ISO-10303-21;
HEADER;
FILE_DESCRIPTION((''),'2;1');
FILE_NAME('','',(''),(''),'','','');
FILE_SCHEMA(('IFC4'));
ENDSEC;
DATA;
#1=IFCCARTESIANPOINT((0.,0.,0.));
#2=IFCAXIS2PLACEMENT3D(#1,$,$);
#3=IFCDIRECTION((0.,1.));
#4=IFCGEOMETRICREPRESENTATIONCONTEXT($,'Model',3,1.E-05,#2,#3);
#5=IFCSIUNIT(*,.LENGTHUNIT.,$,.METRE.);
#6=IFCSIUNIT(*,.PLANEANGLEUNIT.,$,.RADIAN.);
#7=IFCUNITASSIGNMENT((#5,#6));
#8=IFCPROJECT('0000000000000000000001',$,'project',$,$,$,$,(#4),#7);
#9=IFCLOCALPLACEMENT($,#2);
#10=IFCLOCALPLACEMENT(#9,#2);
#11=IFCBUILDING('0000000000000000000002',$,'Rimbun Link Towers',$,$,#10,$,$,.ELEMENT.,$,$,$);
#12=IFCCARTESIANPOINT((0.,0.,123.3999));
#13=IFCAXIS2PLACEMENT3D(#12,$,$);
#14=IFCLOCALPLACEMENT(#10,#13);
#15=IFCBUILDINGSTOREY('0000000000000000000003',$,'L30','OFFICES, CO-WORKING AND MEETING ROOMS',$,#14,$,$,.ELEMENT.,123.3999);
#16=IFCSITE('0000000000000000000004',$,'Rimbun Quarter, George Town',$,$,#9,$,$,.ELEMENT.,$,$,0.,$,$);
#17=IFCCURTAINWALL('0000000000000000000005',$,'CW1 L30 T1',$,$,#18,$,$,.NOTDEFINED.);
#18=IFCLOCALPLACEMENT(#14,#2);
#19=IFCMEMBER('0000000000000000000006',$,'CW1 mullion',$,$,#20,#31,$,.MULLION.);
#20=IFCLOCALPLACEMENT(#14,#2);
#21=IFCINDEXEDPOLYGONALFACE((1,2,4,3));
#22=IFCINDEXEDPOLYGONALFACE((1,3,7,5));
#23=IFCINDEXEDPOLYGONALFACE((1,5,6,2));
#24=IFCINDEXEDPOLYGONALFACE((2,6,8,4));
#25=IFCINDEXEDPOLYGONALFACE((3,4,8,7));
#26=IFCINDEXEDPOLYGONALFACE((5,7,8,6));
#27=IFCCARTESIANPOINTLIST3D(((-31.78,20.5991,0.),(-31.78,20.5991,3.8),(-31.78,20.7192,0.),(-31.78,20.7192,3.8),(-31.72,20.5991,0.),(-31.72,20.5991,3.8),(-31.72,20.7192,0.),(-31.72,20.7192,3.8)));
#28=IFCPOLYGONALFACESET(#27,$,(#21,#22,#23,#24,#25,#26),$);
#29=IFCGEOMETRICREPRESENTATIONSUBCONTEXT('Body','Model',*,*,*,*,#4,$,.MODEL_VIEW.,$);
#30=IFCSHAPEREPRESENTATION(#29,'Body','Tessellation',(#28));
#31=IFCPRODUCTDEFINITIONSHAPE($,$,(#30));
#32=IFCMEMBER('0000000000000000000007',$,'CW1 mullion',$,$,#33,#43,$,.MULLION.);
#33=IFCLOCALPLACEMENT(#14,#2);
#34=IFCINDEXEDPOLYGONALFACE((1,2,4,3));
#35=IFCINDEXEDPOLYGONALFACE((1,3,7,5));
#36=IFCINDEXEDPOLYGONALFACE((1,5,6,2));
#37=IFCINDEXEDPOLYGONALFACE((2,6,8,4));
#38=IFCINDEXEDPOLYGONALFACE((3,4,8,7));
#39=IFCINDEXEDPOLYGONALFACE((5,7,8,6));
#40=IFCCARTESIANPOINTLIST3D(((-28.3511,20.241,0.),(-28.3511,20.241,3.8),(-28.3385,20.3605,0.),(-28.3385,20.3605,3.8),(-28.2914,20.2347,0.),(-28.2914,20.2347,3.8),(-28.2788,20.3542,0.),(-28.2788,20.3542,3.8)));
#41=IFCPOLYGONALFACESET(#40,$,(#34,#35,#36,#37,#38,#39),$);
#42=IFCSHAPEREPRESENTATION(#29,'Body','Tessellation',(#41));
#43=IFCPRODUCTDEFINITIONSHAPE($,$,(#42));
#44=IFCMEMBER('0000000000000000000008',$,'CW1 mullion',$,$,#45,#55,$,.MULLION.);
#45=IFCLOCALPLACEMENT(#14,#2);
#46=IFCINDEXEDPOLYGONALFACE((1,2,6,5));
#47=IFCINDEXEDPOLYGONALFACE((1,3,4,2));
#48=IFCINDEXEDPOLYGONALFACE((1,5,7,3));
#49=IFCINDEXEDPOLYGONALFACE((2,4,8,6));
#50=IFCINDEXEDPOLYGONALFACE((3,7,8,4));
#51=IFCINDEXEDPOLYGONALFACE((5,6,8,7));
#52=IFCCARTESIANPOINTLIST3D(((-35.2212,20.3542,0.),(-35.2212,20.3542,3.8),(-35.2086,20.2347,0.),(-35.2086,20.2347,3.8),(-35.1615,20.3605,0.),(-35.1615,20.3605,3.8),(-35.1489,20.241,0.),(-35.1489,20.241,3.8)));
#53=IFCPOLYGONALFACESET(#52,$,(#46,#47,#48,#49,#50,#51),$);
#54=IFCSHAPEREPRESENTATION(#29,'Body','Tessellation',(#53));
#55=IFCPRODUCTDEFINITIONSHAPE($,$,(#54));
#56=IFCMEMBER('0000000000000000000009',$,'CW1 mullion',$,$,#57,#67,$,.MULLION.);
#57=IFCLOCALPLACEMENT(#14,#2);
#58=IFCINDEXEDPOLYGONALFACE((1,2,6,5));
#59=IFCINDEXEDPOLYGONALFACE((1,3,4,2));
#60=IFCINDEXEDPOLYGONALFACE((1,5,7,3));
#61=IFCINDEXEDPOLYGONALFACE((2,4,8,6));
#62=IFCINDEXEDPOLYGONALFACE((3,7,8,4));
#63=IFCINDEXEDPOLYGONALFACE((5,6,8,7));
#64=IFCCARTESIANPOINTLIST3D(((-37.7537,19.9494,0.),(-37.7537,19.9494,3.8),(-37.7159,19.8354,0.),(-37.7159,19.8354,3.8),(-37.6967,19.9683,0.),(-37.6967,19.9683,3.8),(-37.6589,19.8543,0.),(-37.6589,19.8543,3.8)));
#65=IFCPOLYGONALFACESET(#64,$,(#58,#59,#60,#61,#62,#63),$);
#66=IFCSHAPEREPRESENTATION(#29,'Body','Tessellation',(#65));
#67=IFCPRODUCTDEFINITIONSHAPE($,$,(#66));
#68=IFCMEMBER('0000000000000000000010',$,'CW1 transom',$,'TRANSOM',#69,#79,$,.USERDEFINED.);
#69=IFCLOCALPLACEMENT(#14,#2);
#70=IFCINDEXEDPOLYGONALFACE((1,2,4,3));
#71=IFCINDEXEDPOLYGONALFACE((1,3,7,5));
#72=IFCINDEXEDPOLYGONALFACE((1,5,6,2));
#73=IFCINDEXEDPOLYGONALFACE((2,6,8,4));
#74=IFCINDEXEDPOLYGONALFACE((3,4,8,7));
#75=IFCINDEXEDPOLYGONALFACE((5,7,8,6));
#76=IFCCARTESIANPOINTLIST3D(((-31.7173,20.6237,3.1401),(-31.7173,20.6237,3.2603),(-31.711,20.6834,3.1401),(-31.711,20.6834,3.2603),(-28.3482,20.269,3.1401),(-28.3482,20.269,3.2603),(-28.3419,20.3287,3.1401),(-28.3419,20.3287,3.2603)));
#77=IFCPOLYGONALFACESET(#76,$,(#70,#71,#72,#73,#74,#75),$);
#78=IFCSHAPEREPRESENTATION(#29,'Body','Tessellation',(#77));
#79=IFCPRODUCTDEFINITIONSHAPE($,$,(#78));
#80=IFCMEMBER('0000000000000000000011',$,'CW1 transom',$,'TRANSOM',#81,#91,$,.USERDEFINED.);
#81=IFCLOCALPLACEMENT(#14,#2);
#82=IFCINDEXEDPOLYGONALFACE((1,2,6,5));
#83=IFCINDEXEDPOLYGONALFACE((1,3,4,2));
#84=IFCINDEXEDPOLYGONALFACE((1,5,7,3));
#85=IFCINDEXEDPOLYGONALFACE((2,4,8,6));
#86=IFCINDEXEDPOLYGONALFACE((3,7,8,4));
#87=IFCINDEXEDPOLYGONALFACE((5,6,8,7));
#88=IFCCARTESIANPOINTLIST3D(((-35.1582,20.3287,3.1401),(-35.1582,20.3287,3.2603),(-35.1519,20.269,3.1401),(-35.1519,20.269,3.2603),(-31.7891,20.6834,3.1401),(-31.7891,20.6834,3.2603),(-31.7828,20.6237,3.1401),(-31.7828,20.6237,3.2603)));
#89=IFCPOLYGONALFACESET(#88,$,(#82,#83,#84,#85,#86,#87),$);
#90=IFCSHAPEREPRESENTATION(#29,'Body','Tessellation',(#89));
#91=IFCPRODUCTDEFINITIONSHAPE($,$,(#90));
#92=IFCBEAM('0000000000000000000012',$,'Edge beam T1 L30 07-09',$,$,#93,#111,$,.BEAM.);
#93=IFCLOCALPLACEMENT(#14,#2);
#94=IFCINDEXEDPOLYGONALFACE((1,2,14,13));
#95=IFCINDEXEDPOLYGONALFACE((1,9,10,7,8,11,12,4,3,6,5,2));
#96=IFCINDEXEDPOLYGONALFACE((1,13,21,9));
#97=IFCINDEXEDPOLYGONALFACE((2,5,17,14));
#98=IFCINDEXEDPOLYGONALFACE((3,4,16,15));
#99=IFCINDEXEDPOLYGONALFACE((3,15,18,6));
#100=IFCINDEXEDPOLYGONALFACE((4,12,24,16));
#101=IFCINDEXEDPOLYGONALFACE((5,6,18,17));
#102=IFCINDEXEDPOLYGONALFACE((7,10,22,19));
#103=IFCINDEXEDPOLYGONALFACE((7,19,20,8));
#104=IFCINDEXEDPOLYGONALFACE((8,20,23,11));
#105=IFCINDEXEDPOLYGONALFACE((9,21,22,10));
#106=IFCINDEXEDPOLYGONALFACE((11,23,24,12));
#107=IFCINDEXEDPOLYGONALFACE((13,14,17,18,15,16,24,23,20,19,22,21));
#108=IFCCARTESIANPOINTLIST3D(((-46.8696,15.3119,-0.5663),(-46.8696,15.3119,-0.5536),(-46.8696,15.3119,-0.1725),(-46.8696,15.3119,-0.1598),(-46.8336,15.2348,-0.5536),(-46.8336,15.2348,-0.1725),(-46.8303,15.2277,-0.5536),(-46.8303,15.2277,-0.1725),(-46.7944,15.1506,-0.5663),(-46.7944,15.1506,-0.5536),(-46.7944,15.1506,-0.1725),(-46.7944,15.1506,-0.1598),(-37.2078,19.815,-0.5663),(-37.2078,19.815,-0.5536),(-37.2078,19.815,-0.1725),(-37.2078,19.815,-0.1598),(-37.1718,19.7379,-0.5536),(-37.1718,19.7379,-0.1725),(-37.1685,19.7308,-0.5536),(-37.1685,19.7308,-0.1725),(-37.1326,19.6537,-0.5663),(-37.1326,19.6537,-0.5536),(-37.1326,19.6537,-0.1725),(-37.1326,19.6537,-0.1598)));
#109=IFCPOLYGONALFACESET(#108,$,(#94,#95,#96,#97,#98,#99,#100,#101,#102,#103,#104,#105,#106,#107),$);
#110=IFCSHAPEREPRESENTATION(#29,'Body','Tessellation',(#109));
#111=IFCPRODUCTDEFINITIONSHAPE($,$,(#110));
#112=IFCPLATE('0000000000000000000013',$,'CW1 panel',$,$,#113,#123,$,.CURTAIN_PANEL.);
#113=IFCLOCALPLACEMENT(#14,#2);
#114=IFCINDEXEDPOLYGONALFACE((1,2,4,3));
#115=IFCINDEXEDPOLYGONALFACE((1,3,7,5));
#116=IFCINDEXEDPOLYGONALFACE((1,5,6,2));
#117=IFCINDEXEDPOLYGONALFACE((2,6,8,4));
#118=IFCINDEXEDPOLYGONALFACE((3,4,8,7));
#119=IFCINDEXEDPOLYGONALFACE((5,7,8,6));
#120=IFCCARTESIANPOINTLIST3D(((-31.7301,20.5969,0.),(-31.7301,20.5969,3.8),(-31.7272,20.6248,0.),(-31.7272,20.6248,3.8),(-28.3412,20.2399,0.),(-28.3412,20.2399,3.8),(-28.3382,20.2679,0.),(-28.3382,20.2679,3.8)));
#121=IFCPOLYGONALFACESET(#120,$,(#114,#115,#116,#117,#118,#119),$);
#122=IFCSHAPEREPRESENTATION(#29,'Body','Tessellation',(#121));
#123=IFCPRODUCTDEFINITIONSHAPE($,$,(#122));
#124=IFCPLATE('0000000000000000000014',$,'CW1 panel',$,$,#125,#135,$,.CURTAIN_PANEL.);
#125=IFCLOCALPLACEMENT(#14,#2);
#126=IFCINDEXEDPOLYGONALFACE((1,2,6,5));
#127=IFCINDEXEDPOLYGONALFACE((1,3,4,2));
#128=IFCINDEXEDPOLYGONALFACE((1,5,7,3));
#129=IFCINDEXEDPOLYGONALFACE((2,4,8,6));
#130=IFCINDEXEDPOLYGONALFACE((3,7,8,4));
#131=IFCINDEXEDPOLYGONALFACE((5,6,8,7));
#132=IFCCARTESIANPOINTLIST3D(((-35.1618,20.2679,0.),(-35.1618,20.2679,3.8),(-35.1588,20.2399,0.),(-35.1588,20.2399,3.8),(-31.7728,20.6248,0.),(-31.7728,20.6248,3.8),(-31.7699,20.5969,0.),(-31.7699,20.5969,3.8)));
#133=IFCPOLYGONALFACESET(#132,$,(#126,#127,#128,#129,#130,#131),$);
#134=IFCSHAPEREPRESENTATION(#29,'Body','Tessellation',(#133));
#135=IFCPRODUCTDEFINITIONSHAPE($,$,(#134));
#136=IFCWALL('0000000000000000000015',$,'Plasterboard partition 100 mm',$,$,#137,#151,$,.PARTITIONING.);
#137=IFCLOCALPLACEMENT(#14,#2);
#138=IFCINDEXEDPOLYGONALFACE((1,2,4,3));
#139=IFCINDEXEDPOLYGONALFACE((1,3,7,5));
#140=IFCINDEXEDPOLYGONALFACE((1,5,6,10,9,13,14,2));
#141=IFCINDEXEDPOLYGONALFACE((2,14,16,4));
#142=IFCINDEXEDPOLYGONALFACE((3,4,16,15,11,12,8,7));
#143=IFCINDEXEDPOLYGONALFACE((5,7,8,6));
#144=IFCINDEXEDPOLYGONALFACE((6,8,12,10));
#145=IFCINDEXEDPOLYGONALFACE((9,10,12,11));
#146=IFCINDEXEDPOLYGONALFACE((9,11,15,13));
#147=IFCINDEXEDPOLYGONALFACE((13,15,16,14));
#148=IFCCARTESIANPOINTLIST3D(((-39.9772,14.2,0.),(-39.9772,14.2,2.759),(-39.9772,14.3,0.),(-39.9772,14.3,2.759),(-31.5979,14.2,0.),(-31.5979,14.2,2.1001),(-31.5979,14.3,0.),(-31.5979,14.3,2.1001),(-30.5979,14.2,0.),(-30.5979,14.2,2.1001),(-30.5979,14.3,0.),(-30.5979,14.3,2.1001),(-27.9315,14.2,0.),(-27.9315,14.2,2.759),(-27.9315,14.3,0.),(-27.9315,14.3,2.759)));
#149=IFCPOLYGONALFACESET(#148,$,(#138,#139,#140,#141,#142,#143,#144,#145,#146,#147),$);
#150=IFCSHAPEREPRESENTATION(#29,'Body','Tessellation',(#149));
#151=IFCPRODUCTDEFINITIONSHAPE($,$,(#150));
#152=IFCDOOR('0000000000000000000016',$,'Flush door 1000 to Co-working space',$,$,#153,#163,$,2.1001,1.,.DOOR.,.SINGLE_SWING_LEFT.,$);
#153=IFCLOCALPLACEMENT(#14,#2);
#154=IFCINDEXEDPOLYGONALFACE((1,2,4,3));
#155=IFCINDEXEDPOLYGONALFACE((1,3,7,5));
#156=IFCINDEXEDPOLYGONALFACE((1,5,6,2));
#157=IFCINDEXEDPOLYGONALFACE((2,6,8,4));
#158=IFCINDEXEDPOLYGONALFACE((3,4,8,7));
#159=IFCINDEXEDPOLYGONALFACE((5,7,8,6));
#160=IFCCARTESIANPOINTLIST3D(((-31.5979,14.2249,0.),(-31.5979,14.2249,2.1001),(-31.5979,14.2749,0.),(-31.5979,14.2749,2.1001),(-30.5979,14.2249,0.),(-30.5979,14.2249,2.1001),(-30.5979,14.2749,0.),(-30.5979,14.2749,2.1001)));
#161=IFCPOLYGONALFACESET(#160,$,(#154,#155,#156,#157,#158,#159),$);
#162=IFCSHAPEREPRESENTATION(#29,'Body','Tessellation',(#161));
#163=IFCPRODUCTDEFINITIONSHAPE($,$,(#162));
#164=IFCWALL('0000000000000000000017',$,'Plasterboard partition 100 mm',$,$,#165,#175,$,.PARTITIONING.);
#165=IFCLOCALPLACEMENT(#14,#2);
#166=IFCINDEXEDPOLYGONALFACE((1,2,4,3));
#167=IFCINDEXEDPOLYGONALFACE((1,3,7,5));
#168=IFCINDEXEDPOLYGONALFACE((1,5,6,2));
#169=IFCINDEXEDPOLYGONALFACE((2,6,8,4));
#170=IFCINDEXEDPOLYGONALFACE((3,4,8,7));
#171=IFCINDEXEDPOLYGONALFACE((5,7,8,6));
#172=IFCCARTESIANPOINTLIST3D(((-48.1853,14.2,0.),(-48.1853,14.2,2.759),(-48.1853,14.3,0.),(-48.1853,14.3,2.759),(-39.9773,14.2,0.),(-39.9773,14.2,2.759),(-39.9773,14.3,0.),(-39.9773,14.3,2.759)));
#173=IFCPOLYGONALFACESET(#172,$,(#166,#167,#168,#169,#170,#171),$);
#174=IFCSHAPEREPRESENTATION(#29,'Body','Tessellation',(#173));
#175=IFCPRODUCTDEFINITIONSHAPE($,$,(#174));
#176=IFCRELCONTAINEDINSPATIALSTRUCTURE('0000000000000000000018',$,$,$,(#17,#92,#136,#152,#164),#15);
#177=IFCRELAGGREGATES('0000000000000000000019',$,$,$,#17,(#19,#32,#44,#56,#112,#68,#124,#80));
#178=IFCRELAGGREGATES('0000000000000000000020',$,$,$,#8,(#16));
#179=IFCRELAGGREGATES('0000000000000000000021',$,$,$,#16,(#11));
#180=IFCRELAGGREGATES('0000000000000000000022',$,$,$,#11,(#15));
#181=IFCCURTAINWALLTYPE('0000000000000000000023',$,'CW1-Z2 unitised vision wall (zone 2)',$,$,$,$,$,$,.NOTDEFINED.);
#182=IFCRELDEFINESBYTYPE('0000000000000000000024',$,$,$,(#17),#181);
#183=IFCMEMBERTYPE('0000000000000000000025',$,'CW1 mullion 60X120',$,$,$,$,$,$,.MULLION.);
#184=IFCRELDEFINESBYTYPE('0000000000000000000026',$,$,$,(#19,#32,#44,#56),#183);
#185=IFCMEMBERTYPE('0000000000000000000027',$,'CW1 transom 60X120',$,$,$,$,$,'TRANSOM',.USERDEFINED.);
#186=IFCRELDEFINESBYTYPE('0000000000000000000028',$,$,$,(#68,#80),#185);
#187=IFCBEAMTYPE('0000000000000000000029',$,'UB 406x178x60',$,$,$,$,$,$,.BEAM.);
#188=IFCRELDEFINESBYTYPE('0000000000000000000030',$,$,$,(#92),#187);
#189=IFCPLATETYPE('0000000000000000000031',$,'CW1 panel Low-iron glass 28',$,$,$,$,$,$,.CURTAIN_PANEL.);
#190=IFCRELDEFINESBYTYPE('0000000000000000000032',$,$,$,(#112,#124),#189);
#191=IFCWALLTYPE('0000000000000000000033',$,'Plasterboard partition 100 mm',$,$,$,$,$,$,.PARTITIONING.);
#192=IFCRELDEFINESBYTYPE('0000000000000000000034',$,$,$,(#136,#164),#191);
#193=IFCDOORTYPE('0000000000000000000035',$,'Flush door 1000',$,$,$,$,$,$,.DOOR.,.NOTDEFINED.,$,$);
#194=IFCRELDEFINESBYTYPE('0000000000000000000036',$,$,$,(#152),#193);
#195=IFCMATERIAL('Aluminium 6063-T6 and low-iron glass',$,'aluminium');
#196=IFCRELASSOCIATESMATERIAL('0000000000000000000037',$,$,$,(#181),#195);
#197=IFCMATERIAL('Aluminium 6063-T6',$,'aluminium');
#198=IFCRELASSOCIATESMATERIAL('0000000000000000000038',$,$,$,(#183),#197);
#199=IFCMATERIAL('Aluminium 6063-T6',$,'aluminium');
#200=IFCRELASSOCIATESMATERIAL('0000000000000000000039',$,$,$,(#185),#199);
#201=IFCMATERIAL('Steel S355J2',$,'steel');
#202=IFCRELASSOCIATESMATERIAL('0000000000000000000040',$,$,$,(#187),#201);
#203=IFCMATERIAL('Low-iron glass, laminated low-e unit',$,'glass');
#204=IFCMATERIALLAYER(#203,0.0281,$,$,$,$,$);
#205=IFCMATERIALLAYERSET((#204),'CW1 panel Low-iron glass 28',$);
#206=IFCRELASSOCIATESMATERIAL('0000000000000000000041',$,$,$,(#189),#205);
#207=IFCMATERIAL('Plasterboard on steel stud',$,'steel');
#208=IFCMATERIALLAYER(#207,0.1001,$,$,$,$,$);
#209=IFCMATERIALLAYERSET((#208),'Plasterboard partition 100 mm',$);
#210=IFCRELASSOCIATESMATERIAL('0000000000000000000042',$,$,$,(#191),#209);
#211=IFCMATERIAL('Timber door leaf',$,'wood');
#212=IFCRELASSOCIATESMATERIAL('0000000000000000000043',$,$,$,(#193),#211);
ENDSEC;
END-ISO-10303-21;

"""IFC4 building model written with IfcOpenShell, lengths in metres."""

from ifc_helpers import new_model, si_unit, direction, frame, frame_2d, origin, origin_2d, place, context, subcontext, project, spatial, rectangle, i_section, extrude, material, layer, layer_set, material_profile, profile_set, type_object, element, fill, aggregate, save


model = new_model("IFC4")

# Units and contexts
model_context = context("Model", 3, precision=1e-05, world=origin(), true_north=direction((0.0, 1.0)))
body_context = subcontext(model_context, "Body", "Model", "MODEL_VIEW")
ifc_project = project(units=[si_unit("LENGTHUNIT", "METRE"), si_unit("PLANEANGLEUNIT", "RADIAN")], contexts=[model_context])

# Site, building, storey
site_placement = place(None, origin())
site = spatial("IfcSite", under=ifc_project, at=site_placement, Name="Rimbun Quarter, George Town", CompositionType="ELEMENT", RefElevation=0.0)
building_placement = place(site_placement, origin())
building = spatial("IfcBuilding", under=site, at=building_placement, Name="Rimbun Link Towers", CompositionType="ELEMENT")
storey_placement = place(building_placement, frame((0.0, 0.0, 123.3999)))
storey = spatial("IfcBuildingStorey", under=building, at=storey_placement, Name="L30", Description="OFFICES, CO-WORKING AND MEETING ROOMS", CompositionType="ELEMENT", Elevation=123.3999)

# Curtain wall, members
ifc_material_1 = material(Name="Aluminium 6063-T6 and low-iron glass", Category="aluminium")
curtain_wall_type = type_object("IfcCurtainWallType", Name="CW1-Z2 unitised vision wall (zone 2)", PredefinedType="NOTDEFINED", material=ifc_material_1)
curtain_wall_placement = place(storey_placement, origin())
curtain_wall = element("IfcCurtainWall", 1, at=curtain_wall_placement, inside=storey, type_object=curtain_wall_type, Name="CW1 L30 T1", PredefinedType="NOTDEFINED")
ifc_material_2 = material(Name="Aluminium 6063-T6", Category="aluminium")
ifc_material_profile_1 = material_profile(ifc_material_2, rectangle(XDim=0.1201, YDim=0.0601, at=origin_2d()), Name="MULLION 60X120")
ifc_profile_set_1 = profile_set([ifc_material_profile_1], Name="Aluminium 6063-T6")
member_type_1 = type_object("IfcMemberType", Name="CW1 mullion 60X120", PredefinedType="MULLION", material=ifc_profile_set_1)
member_1_placement = place(storey_placement, frame((-31.75, 20.6592, 0.0), z_axis=(0.0, 0.0, 1.0), x_axis=(0.0, 1.0, 0.0)))
member_1 = element("IfcMember", 2, at=member_1_placement, type_object=member_type_1, Name="CW1 mullion", PredefinedType="MULLION", context=body_context, shape_type="SweptSolid", body=[
    extrude(rectangle(XDim=0.1201, YDim=0.0601, at=origin_2d()), origin(), (0.0, 0.0, 1.0), 3.8),
])
member_2_placement = place(storey_placement, frame((-28.3149, 20.2976, 0.0), z_axis=(0.0, 0.0, 1.0), x_axis=(0.104748, 0.994499, 0.0)))
member_2 = element("IfcMember", 3, at=member_2_placement, type_object=member_type_1, Name="CW1 mullion", PredefinedType="MULLION", context=body_context, shape_type="SweptSolid", body=[
    extrude(rectangle(XDim=0.1201, YDim=0.0601, at=origin_2d()), origin(), (0.0, 0.0, 1.0), 3.8),
])
member_3_placement = place(storey_placement, frame((-35.1851, 20.2976, 0.0), z_axis=(0.0, 0.0, 1.0), x_axis=(-0.104748, 0.994499, 0.0)))
member_3 = element("IfcMember", 4, at=member_3_placement, type_object=member_type_1, Name="CW1 mullion", PredefinedType="MULLION", context=body_context, shape_type="SweptSolid", body=[
    extrude(rectangle(XDim=0.1201, YDim=0.0601, at=origin_2d()), origin(), (0.0, 0.0, 1.0), 3.8),
])
member_4_placement = place(storey_placement, frame((-37.7063, 19.9019, 0.0), z_axis=(0.0, 0.0, 1.0), x_axis=(-0.314563, 0.949236, 0.0)))
member_4 = element("IfcMember", 5, at=member_4_placement, type_object=member_type_1, Name="CW1 mullion", PredefinedType="MULLION", context=body_context, shape_type="SweptSolid", body=[
    extrude(rectangle(XDim=0.1201, YDim=0.0601, at=origin_2d()), origin(), (0.0, 0.0, 1.0), 3.8),
])
ifc_material_3 = material(Name="Aluminium 6063-T6", Category="aluminium")
ifc_material_profile_2 = material_profile(ifc_material_3, rectangle(XDim=0.0601, YDim=0.1201, at=origin_2d()), Name="TRANSOM 60X120")
ifc_profile_set_2 = profile_set([ifc_material_profile_2], Name="Aluminium 6063-T6")
member_type_2 = type_object("IfcMemberType", Name="CW1 transom 60X120", ElementType="TRANSOM", PredefinedType="USERDEFINED", material=ifc_profile_set_2)
member_5_placement = place(storey_placement, frame((-31.7141, 20.6536, 3.2002), z_axis=(0.994503, -0.104711, 0.0), x_axis=(0.104711, 0.994503, 0.0)))
member_5 = element("IfcMember", 6, at=member_5_placement, type_object=member_type_2, Name="CW1 transom", ObjectType="TRANSOM", PredefinedType="USERDEFINED", context=body_context, shape_type="SweptSolid", body=[
    extrude(rectangle(XDim=0.0601, YDim=0.1201, at=origin_2d()), origin(), (0.0, 0.0, 1.0), 3.3877),
])
member_6_placement = place(storey_placement, frame((-35.155, 20.2988, 3.2002), z_axis=(0.994503, 0.104711, 0.0), x_axis=(-0.104711, 0.994503, 0.0)))
member_6 = element("IfcMember", 7, at=member_6_placement, type_object=member_type_2, Name="CW1 transom", ObjectType="TRANSOM", PredefinedType="USERDEFINED", context=body_context, shape_type="SweptSolid", body=[
    extrude(rectangle(XDim=0.0601, YDim=0.1201, at=origin_2d()), origin(), (0.0, 0.0, 1.0), 3.3877),
])

# Beam
ifc_material_4 = material(Name="Steel S355J2", Category="steel")
ifc_material_profile_3 = material_profile(ifc_material_4, i_section(OverallWidth=0.178, OverallDepth=0.4065, WebThickness=0.0078, FlangeThickness=0.0127, at=origin_2d()), Name="UB 406x178x60")
ifc_profile_set_3 = profile_set([ifc_material_profile_3], Name="Steel S355J2")
beam_type = type_object("IfcBeamType", Name="UB 406x178x60", PredefinedType="BEAM", material=ifc_profile_set_3)
beam_placement = place(storey_placement, frame((-37.1702, 19.7344, -0.363), z_axis=(-0.906388, -0.422447, 0.0), x_axis=(0.422447, -0.906388, 0.0)))
element("IfcBeam", 8, at=beam_placement, inside=storey, type_object=beam_type, Name="Edge beam T1 L30 07-09", PredefinedType="BEAM", context=body_context, shape_type="SweptSolid", body=[
    extrude(i_section(OverallWidth=0.178, OverallDepth=0.4065, WebThickness=0.0078, FlangeThickness=0.0127, at=origin_2d()), origin(), (0.0, 0.0, 1.0), 10.6597),
])

# Plates
ifc_material_5 = material(Name="Low-iron glass, laminated low-e unit", Category="glass")
ifc_layer_1 = layer(ifc_material_5, 0.0281)
ifc_layer_set_1 = layer_set([ifc_layer_1], Name="CW1 panel Low-iron glass 28")
plate_type = type_object("IfcPlateType", Name="CW1 panel Low-iron glass 28", PredefinedType="CURTAIN_PANEL", material=ifc_layer_set_1)
plate_1_placement = place(storey_placement, frame((-30.0342, 20.4324, 0.0), z_axis=(0.0, 0.0, 1.0), x_axis=(0.994499, -0.104748, 0.0)))
plate_1 = element("IfcPlate", 9, at=plate_1_placement, type_object=plate_type, Name="CW1 panel", PredefinedType="CURTAIN_PANEL", context=body_context, shape_type="SweptSolid", body=[
    extrude(rectangle(XDim=3.4077, YDim=0.0281, at=origin_2d()), origin(), (0.0, 0.0, 1.0), 3.8),
])
plate_2_placement = place(storey_placement, frame((-33.4658, 20.4324, 0.0), z_axis=(0.0, 0.0, 1.0), x_axis=(0.994499, 0.104748, 0.0)))
plate_2 = element("IfcPlate", 10, at=plate_2_placement, type_object=plate_type, Name="CW1 panel", PredefinedType="CURTAIN_PANEL", context=body_context, shape_type="SweptSolid", body=[
    extrude(rectangle(XDim=3.4077, YDim=0.0281, at=origin_2d()), origin(), (0.0, 0.0, 1.0), 3.8),
])
aggregate(curtain_wall, [member_1, member_2, member_3, member_4, plate_1, member_5, plate_2, member_6])

# Wall, opening, door
ifc_material_6 = material(Name="Plasterboard on steel stud", Category="steel")
ifc_layer_2 = layer(ifc_material_6, 0.1001)
ifc_layer_set_2 = layer_set([ifc_layer_2], Name="Plasterboard partition 100 mm")
wall_type = type_object("IfcWallType", Name="Plasterboard partition 100 mm", PredefinedType="PARTITIONING", material=ifc_layer_set_2)
wall_1_placement = place(storey_placement, frame((-39.9773, 14.25, 0.0), z_axis=(0.0, 0.0, 1.0), x_axis=(1.0, 0.0, 0.0)))
wall_1 = element("IfcWall", 11, at=wall_1_placement, inside=storey, type_object=wall_type, Name="Plasterboard partition 100 mm", PredefinedType="PARTITIONING", context=body_context, shape_type="SweptSolid", body=[
    extrude(rectangle(XDim=12.0457, YDim=0.1001, at=frame_2d((6.0229, 0.0))), origin(), (0.0, 0.0, 1.0), 2.759),
])
opening_1_placement = place(wall_1_placement, frame((8.3794, 0.0, 0.0)))
opening_1 = element("IfcOpeningElement", 12, at=opening_1_placement, cuts=wall_1, PredefinedType="OPENING", context=body_context, shape_type="SweptSolid", body=[
    extrude(rectangle(XDim=1.0, YDim=2.1001, at=frame_2d((0.5, 1.05))), frame((0.0, 0.0601, 0.0), z_axis=(0.0, -1.0, 0.0), x_axis=(1.0, 0.0, 0.0)), (0.0, 0.0, 1.0), 0.1201),
])
ifc_material_7 = material(Name="Timber door leaf", Category="wood")
door_type_1 = type_object("IfcDoorType", Name="Flush door 1000", OperationType="NOTDEFINED", PredefinedType="DOOR", material=ifc_material_7)
door_1_placement = place(opening_1_placement, origin())
door_1 = element("IfcDoor", 13, at=door_1_placement, inside=storey, type_object=door_type_1, Name="Flush door 1000 to Co-working space", OperationType="SINGLE_SWING_LEFT", OverallHeight=2.1001, OverallWidth=1.0, PredefinedType="DOOR", context=body_context, shape_type="SweptSolid", body=[
    extrude(rectangle(XDim=1.0, YDim=2.1001, at=frame_2d((0.5, 1.05))), frame((0.0, 0.0249, 0.0), z_axis=(0.0, -1.0, 0.0), x_axis=(1.0, 0.0, 0.0)), (0.0, 0.0, 1.0), 0.05),
])
fill(opening_1, door_1)

# Wall
wall_2_placement = place(storey_placement, frame((-39.9773, 14.25, 0.0), z_axis=(0.0, 0.0, 1.0), x_axis=(-1.0, 0.0, 0.0)))
element("IfcWall", 14, at=wall_2_placement, inside=storey, type_object=wall_type, Name="Plasterboard partition 100 mm", PredefinedType="PARTITIONING", context=body_context, shape_type="SweptSolid", body=[
    extrude(rectangle(XDim=8.208, YDim=0.1001, at=frame_2d((4.104, 0.0))), origin(), (0.0, 0.0, 1.0), 2.759),
])

save(model, "model.ifc")
